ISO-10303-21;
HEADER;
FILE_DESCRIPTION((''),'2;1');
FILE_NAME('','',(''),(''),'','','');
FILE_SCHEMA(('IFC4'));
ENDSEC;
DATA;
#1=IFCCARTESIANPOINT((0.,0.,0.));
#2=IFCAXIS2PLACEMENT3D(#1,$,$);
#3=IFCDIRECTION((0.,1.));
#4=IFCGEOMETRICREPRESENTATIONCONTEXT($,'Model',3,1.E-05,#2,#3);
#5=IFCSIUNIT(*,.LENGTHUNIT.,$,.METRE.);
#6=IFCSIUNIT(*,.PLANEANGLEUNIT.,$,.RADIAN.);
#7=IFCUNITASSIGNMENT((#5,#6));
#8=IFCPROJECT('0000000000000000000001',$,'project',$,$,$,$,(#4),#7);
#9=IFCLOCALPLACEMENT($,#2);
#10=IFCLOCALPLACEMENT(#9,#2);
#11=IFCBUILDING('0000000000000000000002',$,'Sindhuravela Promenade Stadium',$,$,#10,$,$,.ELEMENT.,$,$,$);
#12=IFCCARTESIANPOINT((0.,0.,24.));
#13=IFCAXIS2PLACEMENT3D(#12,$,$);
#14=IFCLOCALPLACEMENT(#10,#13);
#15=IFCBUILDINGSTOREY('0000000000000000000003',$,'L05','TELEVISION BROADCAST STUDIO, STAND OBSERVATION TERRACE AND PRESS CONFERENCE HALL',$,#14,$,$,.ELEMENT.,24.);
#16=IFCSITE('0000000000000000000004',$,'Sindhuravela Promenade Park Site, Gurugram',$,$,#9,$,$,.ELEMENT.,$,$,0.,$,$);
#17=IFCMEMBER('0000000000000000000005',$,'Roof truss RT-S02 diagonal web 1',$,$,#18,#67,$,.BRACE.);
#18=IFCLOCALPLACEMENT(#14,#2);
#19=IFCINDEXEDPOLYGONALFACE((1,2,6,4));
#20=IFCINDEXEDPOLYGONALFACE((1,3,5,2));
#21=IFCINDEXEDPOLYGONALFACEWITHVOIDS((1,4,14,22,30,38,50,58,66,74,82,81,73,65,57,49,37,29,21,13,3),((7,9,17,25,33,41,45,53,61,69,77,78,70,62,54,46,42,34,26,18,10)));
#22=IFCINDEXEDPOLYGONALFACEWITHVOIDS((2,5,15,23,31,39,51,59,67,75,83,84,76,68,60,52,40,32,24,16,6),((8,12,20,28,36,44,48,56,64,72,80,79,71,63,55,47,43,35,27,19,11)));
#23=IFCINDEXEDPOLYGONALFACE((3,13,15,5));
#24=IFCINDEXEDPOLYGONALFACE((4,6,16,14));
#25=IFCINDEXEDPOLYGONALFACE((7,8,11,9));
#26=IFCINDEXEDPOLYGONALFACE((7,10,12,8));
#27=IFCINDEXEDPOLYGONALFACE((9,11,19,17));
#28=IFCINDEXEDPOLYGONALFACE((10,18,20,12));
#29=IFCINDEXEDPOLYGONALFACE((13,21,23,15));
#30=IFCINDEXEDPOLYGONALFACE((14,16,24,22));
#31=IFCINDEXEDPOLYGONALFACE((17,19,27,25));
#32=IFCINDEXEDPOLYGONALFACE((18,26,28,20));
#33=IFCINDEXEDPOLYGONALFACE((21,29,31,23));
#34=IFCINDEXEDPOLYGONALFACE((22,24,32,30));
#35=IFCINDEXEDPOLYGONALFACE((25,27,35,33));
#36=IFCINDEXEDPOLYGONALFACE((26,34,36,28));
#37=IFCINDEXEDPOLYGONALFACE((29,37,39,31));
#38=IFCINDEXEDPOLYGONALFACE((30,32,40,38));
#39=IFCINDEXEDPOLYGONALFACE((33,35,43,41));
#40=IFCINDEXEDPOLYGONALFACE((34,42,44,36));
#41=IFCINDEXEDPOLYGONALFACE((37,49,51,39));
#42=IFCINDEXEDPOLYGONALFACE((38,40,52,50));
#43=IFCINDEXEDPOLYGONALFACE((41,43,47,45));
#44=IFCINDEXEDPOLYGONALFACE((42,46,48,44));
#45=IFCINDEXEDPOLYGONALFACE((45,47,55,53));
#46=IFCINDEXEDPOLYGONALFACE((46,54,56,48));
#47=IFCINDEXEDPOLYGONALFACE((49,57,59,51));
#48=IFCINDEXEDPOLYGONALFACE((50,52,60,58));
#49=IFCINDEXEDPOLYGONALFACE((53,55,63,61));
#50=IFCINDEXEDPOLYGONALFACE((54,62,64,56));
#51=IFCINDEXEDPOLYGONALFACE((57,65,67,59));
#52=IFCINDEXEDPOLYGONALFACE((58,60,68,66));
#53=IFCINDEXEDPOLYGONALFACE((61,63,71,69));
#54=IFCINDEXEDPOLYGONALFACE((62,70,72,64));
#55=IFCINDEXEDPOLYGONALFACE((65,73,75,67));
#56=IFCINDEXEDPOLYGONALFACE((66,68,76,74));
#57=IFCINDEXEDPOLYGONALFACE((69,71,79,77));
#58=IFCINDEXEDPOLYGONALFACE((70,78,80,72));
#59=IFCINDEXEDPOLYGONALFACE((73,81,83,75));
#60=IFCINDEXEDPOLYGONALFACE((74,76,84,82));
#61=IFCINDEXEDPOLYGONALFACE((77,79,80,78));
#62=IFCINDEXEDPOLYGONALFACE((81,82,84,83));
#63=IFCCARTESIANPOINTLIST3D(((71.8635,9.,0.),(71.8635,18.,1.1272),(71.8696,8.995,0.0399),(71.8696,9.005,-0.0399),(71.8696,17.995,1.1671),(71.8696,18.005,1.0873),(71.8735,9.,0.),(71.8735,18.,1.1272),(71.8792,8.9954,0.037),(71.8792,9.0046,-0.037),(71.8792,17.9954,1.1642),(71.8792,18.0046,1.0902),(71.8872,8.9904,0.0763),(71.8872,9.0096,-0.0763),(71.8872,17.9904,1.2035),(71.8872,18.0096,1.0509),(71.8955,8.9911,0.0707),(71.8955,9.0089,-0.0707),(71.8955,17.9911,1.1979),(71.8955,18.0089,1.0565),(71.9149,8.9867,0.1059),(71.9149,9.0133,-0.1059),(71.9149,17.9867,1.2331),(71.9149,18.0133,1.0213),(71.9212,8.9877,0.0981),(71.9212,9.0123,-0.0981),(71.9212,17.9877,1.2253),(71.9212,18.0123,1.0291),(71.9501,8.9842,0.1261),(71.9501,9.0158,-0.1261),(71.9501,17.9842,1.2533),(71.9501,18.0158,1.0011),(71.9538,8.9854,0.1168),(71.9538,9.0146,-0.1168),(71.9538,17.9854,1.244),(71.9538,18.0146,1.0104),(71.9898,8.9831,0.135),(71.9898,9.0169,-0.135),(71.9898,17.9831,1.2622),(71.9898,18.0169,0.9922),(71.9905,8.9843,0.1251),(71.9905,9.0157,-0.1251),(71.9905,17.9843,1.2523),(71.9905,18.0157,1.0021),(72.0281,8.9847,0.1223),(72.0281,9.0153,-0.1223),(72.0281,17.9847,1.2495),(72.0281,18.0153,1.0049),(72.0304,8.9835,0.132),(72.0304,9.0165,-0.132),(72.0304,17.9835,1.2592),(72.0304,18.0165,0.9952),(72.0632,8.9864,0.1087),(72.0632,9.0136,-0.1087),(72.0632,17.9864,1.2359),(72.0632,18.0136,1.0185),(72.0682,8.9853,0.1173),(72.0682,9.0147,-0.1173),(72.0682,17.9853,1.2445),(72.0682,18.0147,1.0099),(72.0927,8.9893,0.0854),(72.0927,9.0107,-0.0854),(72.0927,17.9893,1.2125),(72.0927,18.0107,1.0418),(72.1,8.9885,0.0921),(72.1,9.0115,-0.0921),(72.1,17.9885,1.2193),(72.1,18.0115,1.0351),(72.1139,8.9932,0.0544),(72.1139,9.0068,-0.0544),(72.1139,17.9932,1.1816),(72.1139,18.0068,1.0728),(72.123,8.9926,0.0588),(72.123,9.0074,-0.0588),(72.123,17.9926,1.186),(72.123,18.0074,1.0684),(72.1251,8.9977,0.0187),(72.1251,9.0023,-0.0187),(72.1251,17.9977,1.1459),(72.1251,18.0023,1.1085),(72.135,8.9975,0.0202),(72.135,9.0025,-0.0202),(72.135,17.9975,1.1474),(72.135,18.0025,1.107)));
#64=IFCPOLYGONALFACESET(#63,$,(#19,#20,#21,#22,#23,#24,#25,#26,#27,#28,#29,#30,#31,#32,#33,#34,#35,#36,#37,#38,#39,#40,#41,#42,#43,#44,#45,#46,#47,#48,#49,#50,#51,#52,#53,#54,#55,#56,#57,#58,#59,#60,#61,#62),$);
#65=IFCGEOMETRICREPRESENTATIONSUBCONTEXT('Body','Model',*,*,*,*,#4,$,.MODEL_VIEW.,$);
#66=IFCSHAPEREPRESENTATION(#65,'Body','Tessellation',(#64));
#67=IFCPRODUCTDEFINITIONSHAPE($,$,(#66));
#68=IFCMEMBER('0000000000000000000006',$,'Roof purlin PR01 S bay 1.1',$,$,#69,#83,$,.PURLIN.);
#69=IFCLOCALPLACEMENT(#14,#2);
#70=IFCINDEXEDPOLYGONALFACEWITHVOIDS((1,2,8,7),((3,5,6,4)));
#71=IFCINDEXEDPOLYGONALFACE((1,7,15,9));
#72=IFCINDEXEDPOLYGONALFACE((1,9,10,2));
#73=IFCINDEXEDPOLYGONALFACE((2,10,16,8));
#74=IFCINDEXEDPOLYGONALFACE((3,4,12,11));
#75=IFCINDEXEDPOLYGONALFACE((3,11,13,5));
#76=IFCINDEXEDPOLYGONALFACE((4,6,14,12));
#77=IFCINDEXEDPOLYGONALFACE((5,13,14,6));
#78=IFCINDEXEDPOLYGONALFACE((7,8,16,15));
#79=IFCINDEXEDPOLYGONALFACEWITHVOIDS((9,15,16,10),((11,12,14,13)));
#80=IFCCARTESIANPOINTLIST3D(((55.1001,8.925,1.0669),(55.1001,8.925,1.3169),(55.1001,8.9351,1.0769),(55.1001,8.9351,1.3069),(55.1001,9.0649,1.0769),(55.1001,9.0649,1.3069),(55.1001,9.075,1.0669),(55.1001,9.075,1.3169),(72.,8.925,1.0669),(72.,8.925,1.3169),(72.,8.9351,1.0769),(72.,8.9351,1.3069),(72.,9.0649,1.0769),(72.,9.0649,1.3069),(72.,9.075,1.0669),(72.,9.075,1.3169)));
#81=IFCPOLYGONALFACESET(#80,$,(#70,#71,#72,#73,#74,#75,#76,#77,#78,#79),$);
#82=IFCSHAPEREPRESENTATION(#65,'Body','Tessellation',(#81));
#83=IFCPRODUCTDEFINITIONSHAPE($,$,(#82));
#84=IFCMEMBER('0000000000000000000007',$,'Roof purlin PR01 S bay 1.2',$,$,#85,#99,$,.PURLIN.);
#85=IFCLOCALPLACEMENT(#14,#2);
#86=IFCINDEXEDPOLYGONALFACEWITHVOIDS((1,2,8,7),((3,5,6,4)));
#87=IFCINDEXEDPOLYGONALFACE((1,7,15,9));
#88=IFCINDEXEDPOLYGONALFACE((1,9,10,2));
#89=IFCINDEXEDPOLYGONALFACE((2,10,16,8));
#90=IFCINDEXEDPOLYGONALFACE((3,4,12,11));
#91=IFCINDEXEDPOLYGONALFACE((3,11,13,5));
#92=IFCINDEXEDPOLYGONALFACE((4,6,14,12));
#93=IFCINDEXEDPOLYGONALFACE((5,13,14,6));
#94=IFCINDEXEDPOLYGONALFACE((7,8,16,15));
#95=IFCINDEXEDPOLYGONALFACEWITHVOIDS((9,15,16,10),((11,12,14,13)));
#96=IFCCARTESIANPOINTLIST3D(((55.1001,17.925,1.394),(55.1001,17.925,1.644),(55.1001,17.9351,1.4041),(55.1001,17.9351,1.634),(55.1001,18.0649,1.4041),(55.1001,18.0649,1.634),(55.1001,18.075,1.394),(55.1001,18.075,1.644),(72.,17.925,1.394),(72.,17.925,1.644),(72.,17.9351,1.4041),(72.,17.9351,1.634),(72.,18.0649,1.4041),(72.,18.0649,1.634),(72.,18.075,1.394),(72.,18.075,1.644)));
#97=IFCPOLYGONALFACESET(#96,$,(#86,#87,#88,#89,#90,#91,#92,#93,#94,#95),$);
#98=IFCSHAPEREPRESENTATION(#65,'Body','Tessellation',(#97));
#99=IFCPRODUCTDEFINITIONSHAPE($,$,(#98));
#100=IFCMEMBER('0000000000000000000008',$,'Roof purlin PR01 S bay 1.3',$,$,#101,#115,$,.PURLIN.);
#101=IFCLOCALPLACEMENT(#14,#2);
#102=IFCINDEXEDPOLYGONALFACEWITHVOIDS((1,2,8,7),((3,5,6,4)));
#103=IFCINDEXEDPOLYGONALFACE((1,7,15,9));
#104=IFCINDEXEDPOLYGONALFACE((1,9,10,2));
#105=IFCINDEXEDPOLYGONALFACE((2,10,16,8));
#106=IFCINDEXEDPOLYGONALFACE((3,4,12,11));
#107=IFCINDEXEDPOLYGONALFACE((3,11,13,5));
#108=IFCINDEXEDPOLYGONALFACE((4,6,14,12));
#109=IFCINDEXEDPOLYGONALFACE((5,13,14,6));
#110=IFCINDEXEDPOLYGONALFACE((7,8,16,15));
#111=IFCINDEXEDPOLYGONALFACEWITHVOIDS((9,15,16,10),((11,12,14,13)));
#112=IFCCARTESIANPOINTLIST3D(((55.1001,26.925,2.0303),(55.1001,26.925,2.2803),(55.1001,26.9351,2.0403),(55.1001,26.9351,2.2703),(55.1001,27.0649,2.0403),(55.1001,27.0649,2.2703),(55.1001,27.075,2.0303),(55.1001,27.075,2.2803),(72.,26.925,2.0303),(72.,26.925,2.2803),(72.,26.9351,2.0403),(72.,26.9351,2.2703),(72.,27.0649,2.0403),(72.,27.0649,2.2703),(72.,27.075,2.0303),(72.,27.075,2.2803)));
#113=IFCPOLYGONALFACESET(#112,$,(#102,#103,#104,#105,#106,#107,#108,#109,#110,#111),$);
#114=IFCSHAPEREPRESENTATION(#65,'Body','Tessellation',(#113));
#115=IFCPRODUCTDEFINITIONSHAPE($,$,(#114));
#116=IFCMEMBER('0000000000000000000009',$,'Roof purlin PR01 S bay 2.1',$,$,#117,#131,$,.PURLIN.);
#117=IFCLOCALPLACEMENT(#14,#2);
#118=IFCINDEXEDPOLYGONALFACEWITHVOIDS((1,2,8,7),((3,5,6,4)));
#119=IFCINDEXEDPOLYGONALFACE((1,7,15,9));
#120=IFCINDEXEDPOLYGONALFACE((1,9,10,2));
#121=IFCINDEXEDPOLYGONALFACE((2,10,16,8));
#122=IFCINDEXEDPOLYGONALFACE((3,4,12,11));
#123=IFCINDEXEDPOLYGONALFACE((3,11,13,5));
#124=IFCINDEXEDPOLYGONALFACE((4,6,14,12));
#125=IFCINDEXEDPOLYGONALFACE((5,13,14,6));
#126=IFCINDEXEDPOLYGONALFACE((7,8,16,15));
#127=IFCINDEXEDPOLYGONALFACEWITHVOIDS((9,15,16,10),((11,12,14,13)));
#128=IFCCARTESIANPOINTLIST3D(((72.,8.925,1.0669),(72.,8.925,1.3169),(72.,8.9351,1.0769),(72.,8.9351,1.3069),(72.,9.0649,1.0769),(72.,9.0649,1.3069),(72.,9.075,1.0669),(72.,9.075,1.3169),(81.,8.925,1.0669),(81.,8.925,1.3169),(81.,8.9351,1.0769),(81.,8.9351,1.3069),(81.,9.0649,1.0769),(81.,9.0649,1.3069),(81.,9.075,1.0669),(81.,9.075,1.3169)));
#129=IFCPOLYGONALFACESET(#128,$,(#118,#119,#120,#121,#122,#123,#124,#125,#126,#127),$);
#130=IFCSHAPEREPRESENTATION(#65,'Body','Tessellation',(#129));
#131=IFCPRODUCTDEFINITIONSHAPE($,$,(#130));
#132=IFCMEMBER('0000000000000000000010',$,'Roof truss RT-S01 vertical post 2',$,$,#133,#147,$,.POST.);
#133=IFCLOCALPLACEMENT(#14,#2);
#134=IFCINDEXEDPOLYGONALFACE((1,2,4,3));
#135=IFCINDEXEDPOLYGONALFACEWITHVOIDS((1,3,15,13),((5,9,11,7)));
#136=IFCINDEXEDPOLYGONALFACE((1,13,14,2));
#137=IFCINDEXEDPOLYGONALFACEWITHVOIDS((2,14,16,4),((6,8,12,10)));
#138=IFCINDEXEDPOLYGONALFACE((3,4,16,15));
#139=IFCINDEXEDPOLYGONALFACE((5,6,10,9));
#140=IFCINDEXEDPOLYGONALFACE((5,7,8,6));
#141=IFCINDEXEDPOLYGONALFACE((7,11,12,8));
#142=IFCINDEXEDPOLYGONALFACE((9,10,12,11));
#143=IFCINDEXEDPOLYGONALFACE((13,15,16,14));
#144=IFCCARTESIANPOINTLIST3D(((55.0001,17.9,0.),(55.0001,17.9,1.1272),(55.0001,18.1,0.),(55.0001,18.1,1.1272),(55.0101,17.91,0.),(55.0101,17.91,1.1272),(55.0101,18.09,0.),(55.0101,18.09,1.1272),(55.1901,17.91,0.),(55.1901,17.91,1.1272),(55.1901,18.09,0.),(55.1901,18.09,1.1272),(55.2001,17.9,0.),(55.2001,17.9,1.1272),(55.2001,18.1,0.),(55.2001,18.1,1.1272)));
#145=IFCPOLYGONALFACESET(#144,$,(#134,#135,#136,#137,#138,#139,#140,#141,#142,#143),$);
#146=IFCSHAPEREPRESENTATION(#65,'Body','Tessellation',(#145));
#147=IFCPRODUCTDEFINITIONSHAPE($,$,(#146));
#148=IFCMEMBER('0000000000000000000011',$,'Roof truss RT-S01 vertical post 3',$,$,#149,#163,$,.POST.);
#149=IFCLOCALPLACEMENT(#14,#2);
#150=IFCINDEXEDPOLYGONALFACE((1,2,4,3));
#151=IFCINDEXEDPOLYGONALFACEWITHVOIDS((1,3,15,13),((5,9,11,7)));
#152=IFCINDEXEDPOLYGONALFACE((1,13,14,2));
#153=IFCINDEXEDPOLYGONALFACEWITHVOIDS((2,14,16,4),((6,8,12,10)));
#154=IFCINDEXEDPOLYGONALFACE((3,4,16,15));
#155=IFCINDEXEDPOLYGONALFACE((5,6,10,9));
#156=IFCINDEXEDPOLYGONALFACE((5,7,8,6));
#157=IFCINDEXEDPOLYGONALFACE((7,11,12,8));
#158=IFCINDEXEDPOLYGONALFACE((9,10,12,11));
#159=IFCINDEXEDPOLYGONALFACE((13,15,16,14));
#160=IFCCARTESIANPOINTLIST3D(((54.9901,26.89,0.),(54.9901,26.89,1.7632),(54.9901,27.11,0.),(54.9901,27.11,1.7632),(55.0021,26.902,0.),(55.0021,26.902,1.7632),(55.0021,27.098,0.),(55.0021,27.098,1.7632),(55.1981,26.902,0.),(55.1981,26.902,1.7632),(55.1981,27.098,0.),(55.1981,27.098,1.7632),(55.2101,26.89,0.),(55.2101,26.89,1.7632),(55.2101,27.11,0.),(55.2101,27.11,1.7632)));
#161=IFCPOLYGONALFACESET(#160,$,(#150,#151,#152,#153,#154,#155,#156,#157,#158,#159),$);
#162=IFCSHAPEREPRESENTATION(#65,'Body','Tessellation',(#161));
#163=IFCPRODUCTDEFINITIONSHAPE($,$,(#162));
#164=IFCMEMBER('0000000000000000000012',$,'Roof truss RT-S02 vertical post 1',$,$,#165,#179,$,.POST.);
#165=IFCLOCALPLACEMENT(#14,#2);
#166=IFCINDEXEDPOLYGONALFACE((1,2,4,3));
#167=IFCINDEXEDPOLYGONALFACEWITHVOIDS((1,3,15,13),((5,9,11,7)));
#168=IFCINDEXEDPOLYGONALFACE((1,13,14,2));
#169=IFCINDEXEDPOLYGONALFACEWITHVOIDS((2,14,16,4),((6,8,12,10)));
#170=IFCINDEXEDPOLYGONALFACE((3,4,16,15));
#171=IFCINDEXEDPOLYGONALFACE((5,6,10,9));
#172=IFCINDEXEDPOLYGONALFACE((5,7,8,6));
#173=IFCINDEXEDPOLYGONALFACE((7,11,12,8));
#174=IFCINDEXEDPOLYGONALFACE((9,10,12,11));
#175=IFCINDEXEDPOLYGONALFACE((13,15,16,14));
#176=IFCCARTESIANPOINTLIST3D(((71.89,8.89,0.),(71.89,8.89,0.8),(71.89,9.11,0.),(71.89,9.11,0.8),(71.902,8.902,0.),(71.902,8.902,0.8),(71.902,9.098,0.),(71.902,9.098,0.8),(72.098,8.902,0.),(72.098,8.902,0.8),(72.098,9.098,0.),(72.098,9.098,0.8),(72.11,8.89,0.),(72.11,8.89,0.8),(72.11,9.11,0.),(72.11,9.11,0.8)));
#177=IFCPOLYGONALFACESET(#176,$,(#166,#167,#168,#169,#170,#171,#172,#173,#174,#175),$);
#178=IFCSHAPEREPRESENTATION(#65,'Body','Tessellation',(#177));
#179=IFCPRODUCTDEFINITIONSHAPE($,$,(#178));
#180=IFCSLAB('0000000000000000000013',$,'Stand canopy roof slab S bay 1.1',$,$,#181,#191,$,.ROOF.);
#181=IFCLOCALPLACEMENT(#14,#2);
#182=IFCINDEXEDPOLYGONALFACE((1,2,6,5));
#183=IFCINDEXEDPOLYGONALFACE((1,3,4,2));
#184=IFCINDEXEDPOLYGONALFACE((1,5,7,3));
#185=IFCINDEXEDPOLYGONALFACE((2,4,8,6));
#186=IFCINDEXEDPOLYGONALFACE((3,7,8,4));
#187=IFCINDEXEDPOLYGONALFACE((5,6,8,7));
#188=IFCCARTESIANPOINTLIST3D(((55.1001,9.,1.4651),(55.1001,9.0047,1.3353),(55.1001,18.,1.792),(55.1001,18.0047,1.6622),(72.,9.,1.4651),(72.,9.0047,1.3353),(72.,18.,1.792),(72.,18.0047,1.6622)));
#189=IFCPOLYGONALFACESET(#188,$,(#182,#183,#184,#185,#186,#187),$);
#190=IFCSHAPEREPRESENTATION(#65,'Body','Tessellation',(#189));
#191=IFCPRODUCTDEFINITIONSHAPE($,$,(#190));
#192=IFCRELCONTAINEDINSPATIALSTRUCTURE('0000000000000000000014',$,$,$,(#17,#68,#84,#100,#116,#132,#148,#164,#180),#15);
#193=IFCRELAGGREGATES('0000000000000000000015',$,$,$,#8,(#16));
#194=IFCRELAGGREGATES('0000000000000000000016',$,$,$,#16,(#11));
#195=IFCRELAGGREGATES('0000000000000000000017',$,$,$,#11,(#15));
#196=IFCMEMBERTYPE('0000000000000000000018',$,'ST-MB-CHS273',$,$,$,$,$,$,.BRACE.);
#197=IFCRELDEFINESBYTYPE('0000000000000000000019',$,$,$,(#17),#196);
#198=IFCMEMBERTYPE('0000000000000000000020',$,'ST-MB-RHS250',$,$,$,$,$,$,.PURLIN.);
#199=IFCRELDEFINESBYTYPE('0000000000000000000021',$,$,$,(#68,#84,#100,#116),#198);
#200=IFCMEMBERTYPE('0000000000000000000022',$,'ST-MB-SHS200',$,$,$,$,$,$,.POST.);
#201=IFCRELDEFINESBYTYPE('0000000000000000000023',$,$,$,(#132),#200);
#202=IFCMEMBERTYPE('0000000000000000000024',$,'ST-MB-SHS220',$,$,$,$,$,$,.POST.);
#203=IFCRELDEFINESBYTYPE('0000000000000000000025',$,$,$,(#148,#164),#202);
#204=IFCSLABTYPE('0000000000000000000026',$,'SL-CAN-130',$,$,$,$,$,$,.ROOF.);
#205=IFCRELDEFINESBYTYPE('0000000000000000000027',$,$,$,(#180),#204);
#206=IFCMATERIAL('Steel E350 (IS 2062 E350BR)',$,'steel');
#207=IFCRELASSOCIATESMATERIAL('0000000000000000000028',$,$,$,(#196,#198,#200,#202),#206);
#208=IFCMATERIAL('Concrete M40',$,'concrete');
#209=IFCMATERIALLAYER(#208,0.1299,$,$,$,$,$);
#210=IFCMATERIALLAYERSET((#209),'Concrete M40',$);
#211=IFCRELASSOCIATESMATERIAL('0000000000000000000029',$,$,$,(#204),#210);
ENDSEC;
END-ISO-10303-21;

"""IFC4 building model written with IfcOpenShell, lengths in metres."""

from ifc_helpers import new_model, si_unit, direction, frame, origin, origin_2d, place, context, subcontext, project, spatial, polyline, hollow_rectangle, hollow_circle, outline, extrude, material, layer, layer_set, material_profile, profile_set, type_object, element, save


model = new_model("IFC4")

# Units and contexts
model_context = context("Model", 3, precision=1e-05, world=origin(), true_north=direction((0.0, 1.0)))
body_context = subcontext(model_context, "Body", "Model", "MODEL_VIEW")
ifc_project = project(units=[si_unit("LENGTHUNIT", "METRE"), si_unit("PLANEANGLEUNIT", "RADIAN")], contexts=[model_context])

# Site, building, storey
site_placement = place(None, origin())
site = spatial("IfcSite", under=ifc_project, at=site_placement, Name="Sindhuravela Promenade Park Site, Gurugram", CompositionType="ELEMENT", RefElevation=0.0)
building_placement = place(site_placement, origin())
building = spatial("IfcBuilding", under=site, at=building_placement, Name="Sindhuravela Promenade Stadium", CompositionType="ELEMENT")
storey_placement = place(building_placement, frame((0.0, 0.0, 24.0)))
storey = spatial("IfcBuildingStorey", under=building, at=storey_placement, Name="L05", Description="TELEVISION BROADCAST STUDIO, STAND OBSERVATION TERRACE AND PRESS CONFERENCE HALL", CompositionType="ELEMENT", Elevation=24.0)

# Shared definitions
ifc_material_1 = material(Name="Steel E350 (IS 2062 E350BR)", Category="steel")

# Members
ifc_material_profile_1 = material_profile(ifc_material_1, hollow_circle(Radius=0.1365, WallThickness=0.01, at=origin_2d()), Name="CHS 273.0x10")
ifc_profile_set_1 = profile_set([ifc_material_profile_1], Name="Steel E350 (IS 2062 E350BR)")
member_type_1 = type_object("IfcMemberType", Name="ST-MB-CHS273", PredefinedType="BRACE", material=ifc_profile_set_1)
member_1_placement = place(storey_placement, frame((72.0, 9.0, 0.0), z_axis=(0.0, 0.992248, 0.124273), x_axis=(-1.0, 0.0, 0.0)))
element("IfcMember", 1, at=member_1_placement, inside=storey, type_object=member_type_1, Name="Roof truss RT-S02 diagonal web 1", PredefinedType="BRACE", context=body_context, shape_type="SweptSolid", body=[
    extrude(hollow_circle(Radius=0.1365, WallThickness=0.01, at=origin_2d()), origin(), (0.0, 0.0, 1.0), 9.0703),
])
ifc_material_profile_2 = material_profile(ifc_material_1, hollow_rectangle(XDim=0.1499, YDim=0.25, WallThickness=0.01, at=origin_2d()), Name="RHS 250x150x10")
ifc_profile_set_2 = profile_set([ifc_material_profile_2], Name="Steel E350 (IS 2062 E350BR)")
member_type_2 = type_object("IfcMemberType", Name="ST-MB-RHS250", PredefinedType="PURLIN", material=ifc_profile_set_2)
for number, where, z_axis, x_axis, name in (
    (2, (55.1001, 9.0, 1.1919), (1.0, 0.0, 0.0), (0.0, 1.0, 0.0), "Roof purlin PR01 S bay 1.1"),
    (3, (55.1001, 18.0, 1.519), (1.0, 0.0, 0.0), (0.0, 1.0, 0.0), "Roof purlin PR01 S bay 1.2"),
    (4, (55.1001, 27.0, 2.1553), (1.0, 0.0, 0.0), (0.0, 1.0, 0.0), "Roof purlin PR01 S bay 1.3"),
):
    element("IfcMember", number, at=place(storey_placement, frame(where, z_axis=z_axis, x_axis=x_axis)), inside=storey, type_object=member_type_2, Name=name, PredefinedType="PURLIN", context=body_context, shape_type="SweptSolid", body=[
        extrude(hollow_rectangle(XDim=0.1499, YDim=0.25, WallThickness=0.01, at=origin_2d()), origin(), (0.0, 0.0, 1.0), 16.8999),
    ])
member_2_placement = place(storey_placement, frame((72.0, 9.0, 1.1919), z_axis=(1.0, 0.0, 0.0), x_axis=(0.0, 1.0, 0.0)))
element("IfcMember", 5, at=member_2_placement, inside=storey, type_object=member_type_2, Name="Roof purlin PR01 S bay 2.1", PredefinedType="PURLIN", context=body_context, shape_type="SweptSolid", body=[
    extrude(hollow_rectangle(XDim=0.1499, YDim=0.25, WallThickness=0.01, at=origin_2d()), origin(), (0.0, 0.0, 1.0), 9.0),
])
ifc_material_profile_3 = material_profile(ifc_material_1, hollow_rectangle(XDim=0.2, YDim=0.2, WallThickness=0.01, at=origin_2d()), Name="SHS 200x200x10")
ifc_profile_set_3 = profile_set([ifc_material_profile_3], Name="Steel E350 (IS 2062 E350BR)")
member_type_3 = type_object("IfcMemberType", Name="ST-MB-SHS200", PredefinedType="POST", material=ifc_profile_set_3)
member_3_placement = place(storey_placement, frame((55.1001, 18.0, 0.0), z_axis=(0.0, 0.0, 1.0), x_axis=(1.0, 0.0, 0.0)))
element("IfcMember", 6, at=member_3_placement, inside=storey, type_object=member_type_3, Name="Roof truss RT-S01 vertical post 2", PredefinedType="POST", context=body_context, shape_type="SweptSolid", body=[
    extrude(hollow_rectangle(XDim=0.2, YDim=0.2, WallThickness=0.01, at=origin_2d()), origin(), (0.0, 0.0, 1.0), 1.1272),
])
ifc_material_profile_4 = material_profile(ifc_material_1, hollow_rectangle(XDim=0.22, YDim=0.22, WallThickness=0.012, at=origin_2d()), Name="SHS 220x220x12")
ifc_profile_set_4 = profile_set([ifc_material_profile_4], Name="Steel E350 (IS 2062 E350BR)")
member_type_4 = type_object("IfcMemberType", Name="ST-MB-SHS220", PredefinedType="POST", material=ifc_profile_set_4)
member_4_placement = place(storey_placement, frame((55.1001, 27.0, 0.0), z_axis=(0.0, 0.0, 1.0), x_axis=(1.0, 0.0, 0.0)))
element("IfcMember", 7, at=member_4_placement, inside=storey, type_object=member_type_4, Name="Roof truss RT-S01 vertical post 3", PredefinedType="POST", context=body_context, shape_type="SweptSolid", body=[
    extrude(hollow_rectangle(XDim=0.22, YDim=0.22, WallThickness=0.012, at=origin_2d()), origin(), (0.0, 0.0, 1.0), 1.7632),
])
member_5_placement = place(storey_placement, frame((72.0, 9.0, 0.0), z_axis=(0.0, 0.0, 1.0), x_axis=(1.0, 0.0, 0.0)))
element("IfcMember", 8, at=member_5_placement, inside=storey, type_object=member_type_4, Name="Roof truss RT-S02 vertical post 1", PredefinedType="POST", context=body_context, shape_type="SweptSolid", body=[
    extrude(hollow_rectangle(XDim=0.22, YDim=0.22, WallThickness=0.012, at=origin_2d()), origin(), (0.0, 0.0, 1.0), 0.8),
])

# Slab
ifc_material_2 = material(Name="Concrete M40", Category="concrete")
ifc_layer_1 = layer(ifc_material_2, 0.1299)
ifc_layer_set_1 = layer_set([ifc_layer_1], Name="Concrete M40")
slab_type = type_object("IfcSlabType", Name="SL-CAN-130", PredefinedType="ROOF", material=ifc_layer_set_1)
slab_1_placement = place(storey_placement, frame((55.1001, 9.0, 1.4651), z_axis=(0.0, -0.036299, 0.999341), x_axis=(1.0, 0.0, 0.0)))
element("IfcSlab", 9, at=slab_1_placement, inside=storey, type_object=slab_type, Name="Stand canopy roof slab S bay 1.1", PredefinedType="ROOF", context=body_context, shape_type="SweptSolid", body=[
    extrude(outline(polyline([(0.0, 0.0), (16.8999, 0.0), (16.8999, 9.0059), (0.0, 9.0059), (0.0, 0.0)])), origin(), (0.0, 0.0, -1.0), 0.1299),
])

save(model, "model.ifc")
